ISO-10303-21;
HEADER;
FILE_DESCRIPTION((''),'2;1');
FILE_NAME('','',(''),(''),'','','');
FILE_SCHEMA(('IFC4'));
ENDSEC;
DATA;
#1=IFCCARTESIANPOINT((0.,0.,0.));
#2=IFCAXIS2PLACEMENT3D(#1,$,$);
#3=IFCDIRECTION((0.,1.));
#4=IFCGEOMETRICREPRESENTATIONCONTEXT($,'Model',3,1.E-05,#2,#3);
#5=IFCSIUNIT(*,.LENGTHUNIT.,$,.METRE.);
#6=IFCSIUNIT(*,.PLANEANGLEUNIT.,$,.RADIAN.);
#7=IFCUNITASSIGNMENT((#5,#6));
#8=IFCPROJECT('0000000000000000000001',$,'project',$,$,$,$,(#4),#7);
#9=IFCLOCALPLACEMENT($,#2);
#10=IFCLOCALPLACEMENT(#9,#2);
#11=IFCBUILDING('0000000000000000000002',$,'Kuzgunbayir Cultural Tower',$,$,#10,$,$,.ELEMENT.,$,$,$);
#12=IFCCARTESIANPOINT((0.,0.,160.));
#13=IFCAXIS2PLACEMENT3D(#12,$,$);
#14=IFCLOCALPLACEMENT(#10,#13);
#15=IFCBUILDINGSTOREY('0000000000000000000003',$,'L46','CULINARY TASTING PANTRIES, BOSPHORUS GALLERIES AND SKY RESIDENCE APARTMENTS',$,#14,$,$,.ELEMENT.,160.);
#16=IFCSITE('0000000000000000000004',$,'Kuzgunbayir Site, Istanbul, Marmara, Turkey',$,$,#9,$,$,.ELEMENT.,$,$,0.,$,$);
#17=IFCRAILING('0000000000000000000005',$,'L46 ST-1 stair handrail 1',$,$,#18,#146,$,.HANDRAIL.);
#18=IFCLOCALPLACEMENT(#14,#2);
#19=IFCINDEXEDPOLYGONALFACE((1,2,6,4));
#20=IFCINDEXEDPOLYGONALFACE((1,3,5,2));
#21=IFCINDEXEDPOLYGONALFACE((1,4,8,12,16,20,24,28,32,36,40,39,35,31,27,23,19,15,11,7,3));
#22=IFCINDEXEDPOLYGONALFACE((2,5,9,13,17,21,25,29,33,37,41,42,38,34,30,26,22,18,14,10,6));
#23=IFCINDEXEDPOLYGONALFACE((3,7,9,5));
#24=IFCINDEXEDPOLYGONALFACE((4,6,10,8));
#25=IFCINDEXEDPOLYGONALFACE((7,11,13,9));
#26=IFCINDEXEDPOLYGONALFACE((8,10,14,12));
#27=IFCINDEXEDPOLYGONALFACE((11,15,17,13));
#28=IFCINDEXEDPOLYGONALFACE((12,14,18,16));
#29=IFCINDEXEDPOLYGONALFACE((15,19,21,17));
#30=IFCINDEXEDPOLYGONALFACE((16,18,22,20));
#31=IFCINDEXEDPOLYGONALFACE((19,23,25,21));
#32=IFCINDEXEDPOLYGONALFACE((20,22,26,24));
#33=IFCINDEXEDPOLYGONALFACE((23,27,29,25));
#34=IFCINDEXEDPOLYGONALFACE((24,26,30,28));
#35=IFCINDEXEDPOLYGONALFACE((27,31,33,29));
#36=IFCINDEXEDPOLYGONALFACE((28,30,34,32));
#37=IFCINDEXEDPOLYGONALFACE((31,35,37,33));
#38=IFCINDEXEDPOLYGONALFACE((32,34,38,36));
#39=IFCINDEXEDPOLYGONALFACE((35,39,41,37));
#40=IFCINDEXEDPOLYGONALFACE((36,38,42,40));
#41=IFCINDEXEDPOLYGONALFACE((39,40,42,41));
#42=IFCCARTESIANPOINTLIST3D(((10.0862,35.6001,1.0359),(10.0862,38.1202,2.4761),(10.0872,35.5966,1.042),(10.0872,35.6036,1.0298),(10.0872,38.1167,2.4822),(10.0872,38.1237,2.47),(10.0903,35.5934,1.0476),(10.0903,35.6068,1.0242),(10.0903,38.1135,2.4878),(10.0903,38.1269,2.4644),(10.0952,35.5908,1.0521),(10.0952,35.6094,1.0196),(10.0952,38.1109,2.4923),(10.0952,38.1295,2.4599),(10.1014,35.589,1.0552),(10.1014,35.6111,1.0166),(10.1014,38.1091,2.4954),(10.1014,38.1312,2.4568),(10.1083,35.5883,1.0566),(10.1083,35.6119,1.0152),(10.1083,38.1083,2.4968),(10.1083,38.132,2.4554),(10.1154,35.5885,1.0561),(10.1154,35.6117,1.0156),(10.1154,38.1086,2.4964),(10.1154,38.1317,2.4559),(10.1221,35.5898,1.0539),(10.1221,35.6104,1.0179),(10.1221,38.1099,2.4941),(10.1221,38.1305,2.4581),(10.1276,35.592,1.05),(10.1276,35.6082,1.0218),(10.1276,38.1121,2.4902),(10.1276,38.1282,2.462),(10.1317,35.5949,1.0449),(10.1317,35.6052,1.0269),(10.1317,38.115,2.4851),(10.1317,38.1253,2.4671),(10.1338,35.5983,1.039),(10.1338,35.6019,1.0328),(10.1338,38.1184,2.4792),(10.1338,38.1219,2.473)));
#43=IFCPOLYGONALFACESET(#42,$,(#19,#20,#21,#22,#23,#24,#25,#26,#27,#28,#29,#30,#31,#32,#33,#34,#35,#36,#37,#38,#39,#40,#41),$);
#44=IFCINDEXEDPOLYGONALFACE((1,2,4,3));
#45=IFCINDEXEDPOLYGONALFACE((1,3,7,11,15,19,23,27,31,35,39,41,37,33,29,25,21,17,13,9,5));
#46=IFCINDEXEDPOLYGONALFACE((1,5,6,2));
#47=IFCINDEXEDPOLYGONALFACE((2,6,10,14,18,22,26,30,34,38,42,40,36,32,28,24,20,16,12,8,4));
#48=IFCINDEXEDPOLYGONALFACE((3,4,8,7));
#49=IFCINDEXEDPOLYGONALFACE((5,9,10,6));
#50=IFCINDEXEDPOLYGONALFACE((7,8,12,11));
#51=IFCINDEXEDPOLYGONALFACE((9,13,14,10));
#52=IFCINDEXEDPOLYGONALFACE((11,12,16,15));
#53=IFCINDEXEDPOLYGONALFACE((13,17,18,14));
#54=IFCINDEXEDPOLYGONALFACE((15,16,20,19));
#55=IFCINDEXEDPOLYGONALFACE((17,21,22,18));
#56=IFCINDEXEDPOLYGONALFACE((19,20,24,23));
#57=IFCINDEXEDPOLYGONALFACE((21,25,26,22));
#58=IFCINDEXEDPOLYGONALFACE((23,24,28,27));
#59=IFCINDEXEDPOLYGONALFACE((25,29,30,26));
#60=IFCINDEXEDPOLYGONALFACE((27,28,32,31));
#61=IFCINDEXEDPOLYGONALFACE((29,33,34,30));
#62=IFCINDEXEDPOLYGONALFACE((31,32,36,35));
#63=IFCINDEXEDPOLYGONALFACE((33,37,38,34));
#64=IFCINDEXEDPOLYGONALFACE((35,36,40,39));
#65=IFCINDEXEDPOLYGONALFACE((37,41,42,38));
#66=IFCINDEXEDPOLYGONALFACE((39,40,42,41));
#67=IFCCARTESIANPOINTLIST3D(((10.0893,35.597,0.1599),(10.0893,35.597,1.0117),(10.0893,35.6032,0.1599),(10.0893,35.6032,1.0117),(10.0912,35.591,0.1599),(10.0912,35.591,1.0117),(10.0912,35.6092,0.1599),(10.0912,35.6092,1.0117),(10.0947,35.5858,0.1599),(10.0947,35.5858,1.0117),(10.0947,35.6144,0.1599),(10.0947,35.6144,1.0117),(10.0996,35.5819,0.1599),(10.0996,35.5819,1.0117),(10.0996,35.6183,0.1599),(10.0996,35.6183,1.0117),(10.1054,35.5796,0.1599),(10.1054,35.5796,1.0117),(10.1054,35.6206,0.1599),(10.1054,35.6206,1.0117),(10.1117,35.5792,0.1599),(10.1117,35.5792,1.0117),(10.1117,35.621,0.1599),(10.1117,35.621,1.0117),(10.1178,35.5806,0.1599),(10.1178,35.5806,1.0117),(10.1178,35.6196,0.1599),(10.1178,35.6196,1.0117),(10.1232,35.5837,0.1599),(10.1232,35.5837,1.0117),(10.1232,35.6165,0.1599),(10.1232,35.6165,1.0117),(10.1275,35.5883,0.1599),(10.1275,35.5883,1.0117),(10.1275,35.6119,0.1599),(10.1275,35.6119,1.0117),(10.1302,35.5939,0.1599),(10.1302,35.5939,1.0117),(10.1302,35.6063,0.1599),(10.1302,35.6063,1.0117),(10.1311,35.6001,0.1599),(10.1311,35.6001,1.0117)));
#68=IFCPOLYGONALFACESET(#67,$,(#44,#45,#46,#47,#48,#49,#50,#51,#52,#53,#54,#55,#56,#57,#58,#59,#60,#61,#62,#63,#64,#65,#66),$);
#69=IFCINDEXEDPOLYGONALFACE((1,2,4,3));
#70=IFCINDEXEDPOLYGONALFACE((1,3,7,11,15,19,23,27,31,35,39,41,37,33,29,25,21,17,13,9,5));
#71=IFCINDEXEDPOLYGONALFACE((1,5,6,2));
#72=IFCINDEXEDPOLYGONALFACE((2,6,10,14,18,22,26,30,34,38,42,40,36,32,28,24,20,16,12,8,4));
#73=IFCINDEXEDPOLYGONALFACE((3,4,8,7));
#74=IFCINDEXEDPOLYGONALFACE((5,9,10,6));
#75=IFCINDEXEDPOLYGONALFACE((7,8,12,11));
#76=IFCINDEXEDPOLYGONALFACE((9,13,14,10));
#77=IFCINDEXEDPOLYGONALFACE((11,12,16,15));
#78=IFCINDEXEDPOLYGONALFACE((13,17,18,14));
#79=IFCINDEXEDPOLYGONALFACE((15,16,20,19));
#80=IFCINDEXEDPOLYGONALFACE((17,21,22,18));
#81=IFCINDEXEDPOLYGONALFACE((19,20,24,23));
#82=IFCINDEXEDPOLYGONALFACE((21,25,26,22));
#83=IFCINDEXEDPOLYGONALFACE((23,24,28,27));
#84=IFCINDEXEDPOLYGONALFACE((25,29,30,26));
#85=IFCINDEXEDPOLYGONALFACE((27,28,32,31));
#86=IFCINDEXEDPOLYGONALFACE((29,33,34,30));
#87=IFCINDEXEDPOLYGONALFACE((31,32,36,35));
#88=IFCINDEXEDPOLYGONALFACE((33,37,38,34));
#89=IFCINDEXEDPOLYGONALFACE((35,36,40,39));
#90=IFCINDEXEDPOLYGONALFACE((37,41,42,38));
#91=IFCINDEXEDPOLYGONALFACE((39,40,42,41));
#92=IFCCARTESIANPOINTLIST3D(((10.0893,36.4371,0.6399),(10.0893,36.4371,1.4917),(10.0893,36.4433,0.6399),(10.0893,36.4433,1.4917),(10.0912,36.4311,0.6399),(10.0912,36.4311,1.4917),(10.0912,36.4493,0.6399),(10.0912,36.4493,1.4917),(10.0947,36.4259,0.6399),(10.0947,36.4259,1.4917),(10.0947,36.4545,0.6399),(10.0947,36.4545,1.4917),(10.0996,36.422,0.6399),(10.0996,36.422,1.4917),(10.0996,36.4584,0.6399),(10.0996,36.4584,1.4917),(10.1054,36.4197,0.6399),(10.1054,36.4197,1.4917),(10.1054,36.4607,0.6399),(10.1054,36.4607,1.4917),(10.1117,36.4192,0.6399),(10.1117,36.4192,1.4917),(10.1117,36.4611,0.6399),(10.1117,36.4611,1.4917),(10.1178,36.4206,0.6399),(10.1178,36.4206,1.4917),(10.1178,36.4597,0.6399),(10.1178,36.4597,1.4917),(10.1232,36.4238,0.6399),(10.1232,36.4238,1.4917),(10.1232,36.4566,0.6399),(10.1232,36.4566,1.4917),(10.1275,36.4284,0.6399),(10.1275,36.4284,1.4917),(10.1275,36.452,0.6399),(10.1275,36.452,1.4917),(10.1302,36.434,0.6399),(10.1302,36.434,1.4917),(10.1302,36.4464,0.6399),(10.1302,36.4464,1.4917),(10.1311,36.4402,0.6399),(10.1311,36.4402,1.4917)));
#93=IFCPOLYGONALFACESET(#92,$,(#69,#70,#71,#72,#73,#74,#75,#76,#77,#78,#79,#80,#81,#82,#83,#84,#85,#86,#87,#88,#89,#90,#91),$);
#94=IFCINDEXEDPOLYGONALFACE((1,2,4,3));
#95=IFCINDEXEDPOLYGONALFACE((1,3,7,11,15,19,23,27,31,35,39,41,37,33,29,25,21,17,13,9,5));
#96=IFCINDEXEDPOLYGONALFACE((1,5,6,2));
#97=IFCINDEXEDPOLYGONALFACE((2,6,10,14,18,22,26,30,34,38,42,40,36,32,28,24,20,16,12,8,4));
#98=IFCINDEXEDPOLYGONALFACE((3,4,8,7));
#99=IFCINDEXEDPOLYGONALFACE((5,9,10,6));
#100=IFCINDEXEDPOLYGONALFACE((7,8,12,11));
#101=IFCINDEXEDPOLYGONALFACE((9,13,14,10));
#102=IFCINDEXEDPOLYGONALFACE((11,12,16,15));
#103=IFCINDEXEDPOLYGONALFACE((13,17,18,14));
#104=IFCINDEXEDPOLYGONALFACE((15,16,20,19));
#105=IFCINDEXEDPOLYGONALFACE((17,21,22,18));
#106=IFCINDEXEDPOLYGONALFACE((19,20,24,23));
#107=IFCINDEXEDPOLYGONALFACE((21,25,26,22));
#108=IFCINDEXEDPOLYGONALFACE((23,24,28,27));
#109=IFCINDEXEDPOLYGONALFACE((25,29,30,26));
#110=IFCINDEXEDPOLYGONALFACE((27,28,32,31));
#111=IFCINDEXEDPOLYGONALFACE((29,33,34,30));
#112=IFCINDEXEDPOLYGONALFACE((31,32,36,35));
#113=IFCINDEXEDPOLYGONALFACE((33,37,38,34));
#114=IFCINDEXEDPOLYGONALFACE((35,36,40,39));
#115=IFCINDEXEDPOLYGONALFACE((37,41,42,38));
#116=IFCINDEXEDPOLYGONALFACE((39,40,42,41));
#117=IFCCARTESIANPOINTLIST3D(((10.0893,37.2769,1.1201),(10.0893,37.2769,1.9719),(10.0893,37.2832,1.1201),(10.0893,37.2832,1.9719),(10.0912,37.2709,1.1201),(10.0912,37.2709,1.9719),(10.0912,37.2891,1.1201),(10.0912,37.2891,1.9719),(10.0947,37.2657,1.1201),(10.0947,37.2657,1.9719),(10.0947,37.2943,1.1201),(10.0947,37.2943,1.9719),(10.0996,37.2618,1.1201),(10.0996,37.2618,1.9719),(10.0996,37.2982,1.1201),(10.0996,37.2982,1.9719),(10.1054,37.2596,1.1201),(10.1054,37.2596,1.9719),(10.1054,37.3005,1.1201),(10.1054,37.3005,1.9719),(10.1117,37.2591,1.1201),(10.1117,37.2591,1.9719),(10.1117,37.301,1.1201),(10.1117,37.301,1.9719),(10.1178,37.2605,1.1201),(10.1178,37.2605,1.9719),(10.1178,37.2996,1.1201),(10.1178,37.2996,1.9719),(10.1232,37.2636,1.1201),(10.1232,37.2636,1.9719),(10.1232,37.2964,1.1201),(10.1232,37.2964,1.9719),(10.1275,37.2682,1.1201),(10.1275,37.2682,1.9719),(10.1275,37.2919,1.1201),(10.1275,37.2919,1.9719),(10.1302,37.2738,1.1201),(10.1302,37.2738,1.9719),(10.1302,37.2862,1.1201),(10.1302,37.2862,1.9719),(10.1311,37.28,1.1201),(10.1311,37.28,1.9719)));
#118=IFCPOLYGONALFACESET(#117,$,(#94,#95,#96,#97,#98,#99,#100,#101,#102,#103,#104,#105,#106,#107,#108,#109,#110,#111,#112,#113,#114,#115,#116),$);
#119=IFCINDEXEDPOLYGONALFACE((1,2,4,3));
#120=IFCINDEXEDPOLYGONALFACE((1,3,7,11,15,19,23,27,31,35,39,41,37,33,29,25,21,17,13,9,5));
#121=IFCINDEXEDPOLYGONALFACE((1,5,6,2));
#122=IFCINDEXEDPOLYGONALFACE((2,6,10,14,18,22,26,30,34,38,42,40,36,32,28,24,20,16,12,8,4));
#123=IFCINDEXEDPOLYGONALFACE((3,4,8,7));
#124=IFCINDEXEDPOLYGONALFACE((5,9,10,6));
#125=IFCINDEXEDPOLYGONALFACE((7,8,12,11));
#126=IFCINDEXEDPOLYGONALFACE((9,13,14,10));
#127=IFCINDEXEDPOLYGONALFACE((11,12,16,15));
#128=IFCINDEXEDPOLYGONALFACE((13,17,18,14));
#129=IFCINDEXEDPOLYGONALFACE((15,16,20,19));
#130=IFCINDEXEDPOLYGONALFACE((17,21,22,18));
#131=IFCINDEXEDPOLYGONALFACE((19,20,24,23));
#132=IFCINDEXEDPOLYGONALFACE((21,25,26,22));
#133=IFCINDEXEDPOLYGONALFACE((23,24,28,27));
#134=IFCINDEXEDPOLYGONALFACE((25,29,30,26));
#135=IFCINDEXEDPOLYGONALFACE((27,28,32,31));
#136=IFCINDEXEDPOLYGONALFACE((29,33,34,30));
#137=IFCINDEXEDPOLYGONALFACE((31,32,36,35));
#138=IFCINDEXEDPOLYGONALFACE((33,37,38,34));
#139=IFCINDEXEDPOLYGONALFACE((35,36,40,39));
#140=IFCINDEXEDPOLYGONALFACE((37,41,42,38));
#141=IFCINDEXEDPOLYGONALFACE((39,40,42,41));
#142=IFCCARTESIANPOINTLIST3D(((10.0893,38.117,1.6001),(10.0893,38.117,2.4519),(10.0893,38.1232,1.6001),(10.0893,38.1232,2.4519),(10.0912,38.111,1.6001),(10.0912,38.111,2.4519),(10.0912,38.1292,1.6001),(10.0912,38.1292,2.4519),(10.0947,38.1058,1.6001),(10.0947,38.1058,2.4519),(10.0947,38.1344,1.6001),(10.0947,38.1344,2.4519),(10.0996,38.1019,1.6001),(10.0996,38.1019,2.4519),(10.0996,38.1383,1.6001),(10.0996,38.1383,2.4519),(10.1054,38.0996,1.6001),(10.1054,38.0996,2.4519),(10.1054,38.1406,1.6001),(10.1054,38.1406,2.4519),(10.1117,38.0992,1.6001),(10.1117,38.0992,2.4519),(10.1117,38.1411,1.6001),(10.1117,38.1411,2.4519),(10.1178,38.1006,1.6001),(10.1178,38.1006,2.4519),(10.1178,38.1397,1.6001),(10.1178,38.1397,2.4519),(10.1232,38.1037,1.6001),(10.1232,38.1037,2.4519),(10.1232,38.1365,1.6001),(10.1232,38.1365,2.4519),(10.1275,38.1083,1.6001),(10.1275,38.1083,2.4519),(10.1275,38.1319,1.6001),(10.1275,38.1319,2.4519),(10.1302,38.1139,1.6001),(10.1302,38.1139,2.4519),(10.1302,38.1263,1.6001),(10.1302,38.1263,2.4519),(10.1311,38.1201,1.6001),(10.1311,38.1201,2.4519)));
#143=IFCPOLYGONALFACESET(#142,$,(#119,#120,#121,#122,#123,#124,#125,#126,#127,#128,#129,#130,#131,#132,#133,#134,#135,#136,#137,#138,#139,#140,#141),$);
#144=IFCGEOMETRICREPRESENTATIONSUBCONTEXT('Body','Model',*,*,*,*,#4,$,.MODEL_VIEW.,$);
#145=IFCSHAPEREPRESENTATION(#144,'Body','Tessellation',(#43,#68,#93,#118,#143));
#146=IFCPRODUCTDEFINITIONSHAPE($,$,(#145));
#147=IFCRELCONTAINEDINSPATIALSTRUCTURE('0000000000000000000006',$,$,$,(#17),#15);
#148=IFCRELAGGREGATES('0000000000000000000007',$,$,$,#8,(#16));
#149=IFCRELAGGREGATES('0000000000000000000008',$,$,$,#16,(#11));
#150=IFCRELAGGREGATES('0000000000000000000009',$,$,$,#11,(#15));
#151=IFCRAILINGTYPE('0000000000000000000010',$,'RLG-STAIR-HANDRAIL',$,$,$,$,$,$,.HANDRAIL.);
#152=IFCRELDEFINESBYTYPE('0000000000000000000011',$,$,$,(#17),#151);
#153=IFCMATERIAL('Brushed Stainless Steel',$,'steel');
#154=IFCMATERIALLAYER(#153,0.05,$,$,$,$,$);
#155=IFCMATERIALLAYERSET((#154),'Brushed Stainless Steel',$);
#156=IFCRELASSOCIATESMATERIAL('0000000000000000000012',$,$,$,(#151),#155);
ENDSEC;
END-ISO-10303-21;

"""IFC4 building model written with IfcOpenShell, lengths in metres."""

from ifc_helpers import new_model, si_unit, direction, frame, origin, origin_2d, place, context, subcontext, project, spatial, circle, extrude, material, layer, layer_set, type_object, element, save


model = new_model("IFC4")

# Units and contexts
model_context = context("Model", 3, precision=1e-05, world=origin(), true_north=direction((0.0, 1.0)))
body_context = subcontext(model_context, "Body", "Model", "MODEL_VIEW")
ifc_project = project(units=[si_unit("LENGTHUNIT", "METRE"), si_unit("PLANEANGLEUNIT", "RADIAN")], contexts=[model_context])

# Site, building, storey
site_placement = place(None, origin())
site = spatial("IfcSite", under=ifc_project, at=site_placement, Name="Kuzgunbayir Site, Istanbul, Marmara, Turkey", CompositionType="ELEMENT", RefElevation=0.0)
building_placement = place(site_placement, origin())
building = spatial("IfcBuilding", under=site, at=building_placement, Name="Kuzgunbayir Cultural Tower", CompositionType="ELEMENT")
storey_placement = place(building_placement, frame((0.0, 0.0, 160.0)))
storey = spatial("IfcBuildingStorey", under=building, at=storey_placement, Name="L46", Description="CULINARY TASTING PANTRIES, BOSPHORUS GALLERIES AND SKY RESIDENCE APARTMENTS", CompositionType="ELEMENT", Elevation=160.0)

# Shared definitions
ifc_material_1 = material(Name="Brushed Stainless Steel", Category="steel")

# Railing
ifc_layer_1 = layer(ifc_material_1, 0.05)
ifc_layer_set_1 = layer_set([ifc_layer_1], Name="Brushed Stainless Steel")
railing_type_1 = type_object("IfcRailingType", Name="RLG-STAIR-HANDRAIL", PredefinedType="HANDRAIL", material=ifc_layer_set_1)
railing_1_placement = place(storey_placement, frame((10.1101, 35.6001, 0.1599)))
element("IfcRailing", 1, at=railing_1_placement, inside=storey, type_object=railing_type_1, Name="L46 ST-1 stair handrail 1", PredefinedType="HANDRAIL", context=body_context, shape_type="SweptSolid", body=[
    extrude(circle(Radius=0.0239, at=origin_2d()), frame((0.0, 0.0, 0.876), z_axis=(0.0, 0.868217, 0.496184), x_axis=(-1.0, 0.0, 0.0)), (0.0, 0.0, 1.0), 2.9026),
    extrude(circle(Radius=0.021, at=origin_2d()), origin(), (0.0, 0.0, 1.0), 0.8518),
    extrude(circle(Radius=0.021, at=origin_2d()), frame((0.0, 0.8401, 0.48)), (0.0, 0.0, 1.0), 0.8518),
    extrude(circle(Radius=0.021, at=origin_2d()), frame((0.0, 1.6799, 0.9602)), (0.0, 0.0, 1.0), 0.8518),
    extrude(circle(Radius=0.021, at=origin_2d()), frame((0.0, 2.52, 1.4402)), (0.0, 0.0, 1.0), 0.8518),
])

save(model, "model.ifc")
